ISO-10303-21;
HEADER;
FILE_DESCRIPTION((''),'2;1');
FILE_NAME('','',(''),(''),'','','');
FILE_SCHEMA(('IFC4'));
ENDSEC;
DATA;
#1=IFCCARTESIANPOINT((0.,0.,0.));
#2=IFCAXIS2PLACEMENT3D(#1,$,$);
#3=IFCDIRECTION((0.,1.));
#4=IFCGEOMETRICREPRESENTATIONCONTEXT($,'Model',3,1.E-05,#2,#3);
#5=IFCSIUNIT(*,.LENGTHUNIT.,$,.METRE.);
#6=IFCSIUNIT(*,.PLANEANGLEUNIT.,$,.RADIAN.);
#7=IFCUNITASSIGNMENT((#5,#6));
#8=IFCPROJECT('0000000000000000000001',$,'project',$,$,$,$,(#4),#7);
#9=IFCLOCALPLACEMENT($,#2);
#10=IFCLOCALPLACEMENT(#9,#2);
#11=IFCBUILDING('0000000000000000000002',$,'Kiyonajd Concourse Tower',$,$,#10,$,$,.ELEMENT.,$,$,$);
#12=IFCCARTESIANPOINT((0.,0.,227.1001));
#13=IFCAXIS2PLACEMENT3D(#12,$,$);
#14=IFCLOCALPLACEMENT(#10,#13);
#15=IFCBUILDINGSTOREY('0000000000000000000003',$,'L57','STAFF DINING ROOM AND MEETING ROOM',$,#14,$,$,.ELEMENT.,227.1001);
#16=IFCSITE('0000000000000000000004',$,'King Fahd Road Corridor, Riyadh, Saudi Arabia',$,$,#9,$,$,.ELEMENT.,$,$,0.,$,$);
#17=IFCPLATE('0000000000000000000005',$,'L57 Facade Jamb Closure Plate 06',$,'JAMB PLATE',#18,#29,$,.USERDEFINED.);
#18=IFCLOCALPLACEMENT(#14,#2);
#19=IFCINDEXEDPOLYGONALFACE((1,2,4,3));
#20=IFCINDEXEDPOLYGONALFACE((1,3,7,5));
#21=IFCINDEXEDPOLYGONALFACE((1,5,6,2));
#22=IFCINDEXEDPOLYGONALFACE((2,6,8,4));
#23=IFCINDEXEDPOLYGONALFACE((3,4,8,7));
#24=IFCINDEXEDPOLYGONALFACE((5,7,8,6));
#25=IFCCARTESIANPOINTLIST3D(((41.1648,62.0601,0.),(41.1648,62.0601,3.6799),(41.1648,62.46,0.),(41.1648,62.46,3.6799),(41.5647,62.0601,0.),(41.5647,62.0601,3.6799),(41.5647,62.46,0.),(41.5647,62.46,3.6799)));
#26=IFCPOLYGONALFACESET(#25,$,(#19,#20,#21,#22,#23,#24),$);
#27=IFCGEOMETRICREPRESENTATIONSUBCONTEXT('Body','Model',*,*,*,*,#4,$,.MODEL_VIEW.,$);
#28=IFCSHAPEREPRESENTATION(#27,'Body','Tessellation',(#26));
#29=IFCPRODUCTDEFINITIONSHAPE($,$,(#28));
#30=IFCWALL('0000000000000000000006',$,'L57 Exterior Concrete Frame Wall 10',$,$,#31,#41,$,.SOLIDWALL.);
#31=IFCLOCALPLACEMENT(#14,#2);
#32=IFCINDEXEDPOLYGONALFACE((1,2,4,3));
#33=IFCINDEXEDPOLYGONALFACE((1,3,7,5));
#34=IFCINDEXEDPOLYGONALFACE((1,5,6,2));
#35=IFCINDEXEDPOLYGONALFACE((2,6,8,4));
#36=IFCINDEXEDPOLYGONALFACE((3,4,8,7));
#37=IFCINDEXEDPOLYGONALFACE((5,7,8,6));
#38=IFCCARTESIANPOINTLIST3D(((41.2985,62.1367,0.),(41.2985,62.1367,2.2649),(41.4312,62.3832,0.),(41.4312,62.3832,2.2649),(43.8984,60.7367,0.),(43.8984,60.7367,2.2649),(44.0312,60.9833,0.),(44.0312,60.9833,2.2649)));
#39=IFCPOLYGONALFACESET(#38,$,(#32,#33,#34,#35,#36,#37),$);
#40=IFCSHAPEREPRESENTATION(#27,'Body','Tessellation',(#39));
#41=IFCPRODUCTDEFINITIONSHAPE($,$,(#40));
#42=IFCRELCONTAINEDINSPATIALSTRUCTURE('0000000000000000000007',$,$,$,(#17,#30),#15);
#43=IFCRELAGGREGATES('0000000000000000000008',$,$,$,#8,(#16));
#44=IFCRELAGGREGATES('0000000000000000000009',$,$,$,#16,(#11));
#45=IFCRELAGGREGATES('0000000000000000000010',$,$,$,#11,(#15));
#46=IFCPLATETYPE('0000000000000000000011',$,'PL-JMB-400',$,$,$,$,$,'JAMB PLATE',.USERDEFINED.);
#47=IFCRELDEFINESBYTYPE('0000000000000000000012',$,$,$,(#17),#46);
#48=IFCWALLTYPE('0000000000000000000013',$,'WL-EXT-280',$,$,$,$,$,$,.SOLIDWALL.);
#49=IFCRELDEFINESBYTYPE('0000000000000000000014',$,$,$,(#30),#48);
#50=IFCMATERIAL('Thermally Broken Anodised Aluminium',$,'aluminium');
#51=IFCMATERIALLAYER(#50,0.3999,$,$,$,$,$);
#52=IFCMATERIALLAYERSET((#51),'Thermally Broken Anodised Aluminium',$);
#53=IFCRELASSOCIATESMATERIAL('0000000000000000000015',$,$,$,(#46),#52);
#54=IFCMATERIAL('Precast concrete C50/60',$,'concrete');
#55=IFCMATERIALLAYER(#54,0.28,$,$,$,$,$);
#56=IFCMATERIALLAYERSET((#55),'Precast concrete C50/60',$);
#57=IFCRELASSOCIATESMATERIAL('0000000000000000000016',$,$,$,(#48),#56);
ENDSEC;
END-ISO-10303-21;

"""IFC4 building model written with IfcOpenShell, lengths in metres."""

from ifc_helpers import new_model, si_unit, direction, frame, frame_2d, origin, origin_2d, place, context, subcontext, project, spatial, rectangle, extrude, material, layer, layer_set, type_object, element, save


model = new_model("IFC4")

# Units and contexts
model_context = context("Model", 3, precision=1e-05, world=origin(), true_north=direction((0.0, 1.0)))
body_context = subcontext(model_context, "Body", "Model", "MODEL_VIEW")
ifc_project = project(units=[si_unit("LENGTHUNIT", "METRE"), si_unit("PLANEANGLEUNIT", "RADIAN")], contexts=[model_context])

# Site, building, storey
site_placement = place(None, origin())
site = spatial("IfcSite", under=ifc_project, at=site_placement, Name="King Fahd Road Corridor, Riyadh, Saudi Arabia", CompositionType="ELEMENT", RefElevation=0.0)
building_placement = place(site_placement, origin())
building = spatial("IfcBuilding", under=site, at=building_placement, Name="Kiyonajd Concourse Tower", CompositionType="ELEMENT")
storey_placement = place(building_placement, frame((0.0, 0.0, 227.1001)))
storey = spatial("IfcBuildingStorey", under=building, at=storey_placement, Name="L57", Description="STAFF DINING ROOM AND MEETING ROOM", CompositionType="ELEMENT", Elevation=227.1001)

# Shared definitions
ifc_material_1 = material(Name="Thermally Broken Anodised Aluminium", Category="aluminium")

# Plate
ifc_layer_1 = layer(ifc_material_1, 0.3999)
ifc_layer_set_1 = layer_set([ifc_layer_1], Name="Thermally Broken Anodised Aluminium")
plate_type_1 = type_object("IfcPlateType", Name="PL-JMB-400", ElementType="JAMB PLATE", PredefinedType="USERDEFINED", material=ifc_layer_set_1)
plate_1_placement = place(storey_placement, frame((41.3647, 62.26, 0.0), z_axis=(0.0, 0.0, 1.0), x_axis=(1.0, 0.0, 0.0)))
element("IfcPlate", 1, at=plate_1_placement, inside=storey, type_object=plate_type_1, Name="L57 Facade Jamb Closure Plate 06", ObjectType="JAMB PLATE", PredefinedType="USERDEFINED", context=body_context, shape_type="SweptSolid", body=[
    extrude(rectangle(XDim=0.3999, YDim=0.3999, at=origin_2d()), origin(), (0.0, 0.0, 1.0), 3.6799),
])

# Wall
ifc_material_2 = material(Name="Precast concrete C50/60", Category="concrete")
ifc_layer_2 = layer(ifc_material_2, 0.28)
ifc_layer_set_2 = layer_set([ifc_layer_2], Name="Precast concrete C50/60")
wall_type = type_object("IfcWallType", Name="WL-EXT-280", PredefinedType="SOLIDWALL", material=ifc_layer_set_2)
wall_placement = place(storey_placement, frame((41.3647, 62.26, 0.0), z_axis=(0.0, 0.0, 1.0), x_axis=(0.880474, -0.474095, 0.0)))
element("IfcWall", 2, at=wall_placement, inside=storey, type_object=wall_type, Name="L57 Exterior Concrete Frame Wall 10", PredefinedType="SOLIDWALL", context=body_context, shape_type="SweptSolid", body=[
    extrude(rectangle(XDim=2.9529, YDim=0.28, at=frame_2d((1.4766, 0.0))), origin(), (0.0, 0.0, 1.0), 2.2649),
])

save(model, "model.ifc")
